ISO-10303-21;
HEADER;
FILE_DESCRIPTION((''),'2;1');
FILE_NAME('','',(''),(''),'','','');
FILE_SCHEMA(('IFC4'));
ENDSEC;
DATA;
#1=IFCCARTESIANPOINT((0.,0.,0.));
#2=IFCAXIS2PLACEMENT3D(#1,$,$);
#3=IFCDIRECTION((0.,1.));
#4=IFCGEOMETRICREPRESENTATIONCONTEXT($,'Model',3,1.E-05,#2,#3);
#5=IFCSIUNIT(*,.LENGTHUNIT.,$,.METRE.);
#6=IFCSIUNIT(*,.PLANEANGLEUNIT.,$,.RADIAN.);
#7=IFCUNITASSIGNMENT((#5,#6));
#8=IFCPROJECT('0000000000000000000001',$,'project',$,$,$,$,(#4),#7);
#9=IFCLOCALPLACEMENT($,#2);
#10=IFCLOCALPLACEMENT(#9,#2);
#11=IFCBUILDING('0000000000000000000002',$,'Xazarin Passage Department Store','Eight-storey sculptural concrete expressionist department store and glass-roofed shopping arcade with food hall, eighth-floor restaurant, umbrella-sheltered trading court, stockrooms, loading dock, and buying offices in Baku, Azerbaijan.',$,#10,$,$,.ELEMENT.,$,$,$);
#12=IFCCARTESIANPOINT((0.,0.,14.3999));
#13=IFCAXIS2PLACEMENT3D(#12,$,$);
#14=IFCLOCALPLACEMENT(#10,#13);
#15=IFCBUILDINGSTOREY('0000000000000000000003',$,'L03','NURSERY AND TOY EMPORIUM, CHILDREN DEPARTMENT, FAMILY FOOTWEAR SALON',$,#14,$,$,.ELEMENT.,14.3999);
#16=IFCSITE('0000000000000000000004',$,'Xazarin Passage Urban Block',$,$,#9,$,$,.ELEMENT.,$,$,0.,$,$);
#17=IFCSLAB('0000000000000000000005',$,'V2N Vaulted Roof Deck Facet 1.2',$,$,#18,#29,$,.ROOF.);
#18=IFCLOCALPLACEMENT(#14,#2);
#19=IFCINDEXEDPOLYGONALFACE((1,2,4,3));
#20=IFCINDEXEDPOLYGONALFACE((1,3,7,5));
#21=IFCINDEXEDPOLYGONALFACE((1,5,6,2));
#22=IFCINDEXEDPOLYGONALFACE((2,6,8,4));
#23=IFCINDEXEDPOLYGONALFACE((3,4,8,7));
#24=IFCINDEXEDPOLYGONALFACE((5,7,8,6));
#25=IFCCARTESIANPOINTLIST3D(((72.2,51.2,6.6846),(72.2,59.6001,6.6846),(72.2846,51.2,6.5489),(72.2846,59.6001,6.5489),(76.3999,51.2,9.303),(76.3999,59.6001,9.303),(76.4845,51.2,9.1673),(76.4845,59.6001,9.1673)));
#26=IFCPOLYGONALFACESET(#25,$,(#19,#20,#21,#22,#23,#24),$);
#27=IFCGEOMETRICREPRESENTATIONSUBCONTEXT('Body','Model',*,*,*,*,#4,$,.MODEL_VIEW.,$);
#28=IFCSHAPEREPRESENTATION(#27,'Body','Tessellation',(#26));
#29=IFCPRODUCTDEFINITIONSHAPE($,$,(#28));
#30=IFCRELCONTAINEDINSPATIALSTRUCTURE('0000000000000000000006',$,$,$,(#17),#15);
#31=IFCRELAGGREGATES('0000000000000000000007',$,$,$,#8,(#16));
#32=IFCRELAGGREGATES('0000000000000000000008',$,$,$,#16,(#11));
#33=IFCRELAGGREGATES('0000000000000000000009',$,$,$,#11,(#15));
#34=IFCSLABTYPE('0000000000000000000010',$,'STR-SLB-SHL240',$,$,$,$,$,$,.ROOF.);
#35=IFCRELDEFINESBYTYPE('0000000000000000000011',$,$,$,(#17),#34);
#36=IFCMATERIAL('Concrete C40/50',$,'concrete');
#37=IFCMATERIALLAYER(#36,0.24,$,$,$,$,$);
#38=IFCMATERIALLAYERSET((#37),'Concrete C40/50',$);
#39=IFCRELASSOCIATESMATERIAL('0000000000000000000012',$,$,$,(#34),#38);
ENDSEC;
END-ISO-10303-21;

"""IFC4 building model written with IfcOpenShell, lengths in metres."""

from ifc_helpers import new_model, si_unit, direction, frame, origin, place, context, subcontext, project, spatial, polyline, outline, extrude, material, layer, layer_set, type_object, element, save


model = new_model("IFC4")

# Units and contexts
model_context = context("Model", 3, precision=1e-05, world=origin(), true_north=direction((0.0, 1.0)))
body_context = subcontext(model_context, "Body", "Model", "MODEL_VIEW")
ifc_project = project(units=[si_unit("LENGTHUNIT", "METRE"), si_unit("PLANEANGLEUNIT", "RADIAN")], contexts=[model_context])

# Site, building, storey
site_placement = place(None, origin())
site = spatial("IfcSite", under=ifc_project, at=site_placement, Name="Xazarin Passage Urban Block", CompositionType="ELEMENT", RefElevation=0.0)
building_placement = place(site_placement, origin())
building = spatial("IfcBuilding", under=site, at=building_placement, Name="Xazarin Passage Department Store", Description="Eight-storey sculptural concrete expressionist department store and glass-roofed shopping arcade with food hall, eighth-floor restaurant, umbrella-sheltered trading court, stockrooms, loading dock, and buying offices in Baku, Azerbaijan.", CompositionType="ELEMENT")
storey_placement = place(building_placement, frame((0.0, 0.0, 14.3999)))
storey = spatial("IfcBuildingStorey", under=building, at=storey_placement, Name="L03", Description="NURSERY AND TOY EMPORIUM, CHILDREN DEPARTMENT, FAMILY FOOTWEAR SALON", CompositionType="ELEMENT", Elevation=14.3999)

# Slab
ifc_material_1 = material(Name="Concrete C40/50", Category="concrete")
ifc_layer_1 = layer(ifc_material_1, 0.24)
ifc_layer_set_1 = layer_set([ifc_layer_1], Name="Concrete C40/50")
slab_type = type_object("IfcSlabType", Name="STR-SLB-SHL240", PredefinedType="ROOF", material=ifc_layer_set_1)
slab_1_placement = place(storey_placement, frame((72.2, 51.2, 6.6846), z_axis=(-0.529045, 0.0, 0.848594), x_axis=(0.848594, 0.0, 0.529045)))
element("IfcSlab", 1, at=slab_1_placement, inside=storey, type_object=slab_type, Name="V2N Vaulted Roof Deck Facet 1.2", PredefinedType="ROOF", context=body_context, shape_type="SweptSolid", body=[
    extrude(outline(polyline([(0.0, 0.0), (4.9493, 0.0), (4.9493, 8.4001), (0.0, 8.4001), (0.0, 0.0)])), origin(), (0.0, 0.0, -1.0), 0.1599),
])

save(model, "model.ifc")
